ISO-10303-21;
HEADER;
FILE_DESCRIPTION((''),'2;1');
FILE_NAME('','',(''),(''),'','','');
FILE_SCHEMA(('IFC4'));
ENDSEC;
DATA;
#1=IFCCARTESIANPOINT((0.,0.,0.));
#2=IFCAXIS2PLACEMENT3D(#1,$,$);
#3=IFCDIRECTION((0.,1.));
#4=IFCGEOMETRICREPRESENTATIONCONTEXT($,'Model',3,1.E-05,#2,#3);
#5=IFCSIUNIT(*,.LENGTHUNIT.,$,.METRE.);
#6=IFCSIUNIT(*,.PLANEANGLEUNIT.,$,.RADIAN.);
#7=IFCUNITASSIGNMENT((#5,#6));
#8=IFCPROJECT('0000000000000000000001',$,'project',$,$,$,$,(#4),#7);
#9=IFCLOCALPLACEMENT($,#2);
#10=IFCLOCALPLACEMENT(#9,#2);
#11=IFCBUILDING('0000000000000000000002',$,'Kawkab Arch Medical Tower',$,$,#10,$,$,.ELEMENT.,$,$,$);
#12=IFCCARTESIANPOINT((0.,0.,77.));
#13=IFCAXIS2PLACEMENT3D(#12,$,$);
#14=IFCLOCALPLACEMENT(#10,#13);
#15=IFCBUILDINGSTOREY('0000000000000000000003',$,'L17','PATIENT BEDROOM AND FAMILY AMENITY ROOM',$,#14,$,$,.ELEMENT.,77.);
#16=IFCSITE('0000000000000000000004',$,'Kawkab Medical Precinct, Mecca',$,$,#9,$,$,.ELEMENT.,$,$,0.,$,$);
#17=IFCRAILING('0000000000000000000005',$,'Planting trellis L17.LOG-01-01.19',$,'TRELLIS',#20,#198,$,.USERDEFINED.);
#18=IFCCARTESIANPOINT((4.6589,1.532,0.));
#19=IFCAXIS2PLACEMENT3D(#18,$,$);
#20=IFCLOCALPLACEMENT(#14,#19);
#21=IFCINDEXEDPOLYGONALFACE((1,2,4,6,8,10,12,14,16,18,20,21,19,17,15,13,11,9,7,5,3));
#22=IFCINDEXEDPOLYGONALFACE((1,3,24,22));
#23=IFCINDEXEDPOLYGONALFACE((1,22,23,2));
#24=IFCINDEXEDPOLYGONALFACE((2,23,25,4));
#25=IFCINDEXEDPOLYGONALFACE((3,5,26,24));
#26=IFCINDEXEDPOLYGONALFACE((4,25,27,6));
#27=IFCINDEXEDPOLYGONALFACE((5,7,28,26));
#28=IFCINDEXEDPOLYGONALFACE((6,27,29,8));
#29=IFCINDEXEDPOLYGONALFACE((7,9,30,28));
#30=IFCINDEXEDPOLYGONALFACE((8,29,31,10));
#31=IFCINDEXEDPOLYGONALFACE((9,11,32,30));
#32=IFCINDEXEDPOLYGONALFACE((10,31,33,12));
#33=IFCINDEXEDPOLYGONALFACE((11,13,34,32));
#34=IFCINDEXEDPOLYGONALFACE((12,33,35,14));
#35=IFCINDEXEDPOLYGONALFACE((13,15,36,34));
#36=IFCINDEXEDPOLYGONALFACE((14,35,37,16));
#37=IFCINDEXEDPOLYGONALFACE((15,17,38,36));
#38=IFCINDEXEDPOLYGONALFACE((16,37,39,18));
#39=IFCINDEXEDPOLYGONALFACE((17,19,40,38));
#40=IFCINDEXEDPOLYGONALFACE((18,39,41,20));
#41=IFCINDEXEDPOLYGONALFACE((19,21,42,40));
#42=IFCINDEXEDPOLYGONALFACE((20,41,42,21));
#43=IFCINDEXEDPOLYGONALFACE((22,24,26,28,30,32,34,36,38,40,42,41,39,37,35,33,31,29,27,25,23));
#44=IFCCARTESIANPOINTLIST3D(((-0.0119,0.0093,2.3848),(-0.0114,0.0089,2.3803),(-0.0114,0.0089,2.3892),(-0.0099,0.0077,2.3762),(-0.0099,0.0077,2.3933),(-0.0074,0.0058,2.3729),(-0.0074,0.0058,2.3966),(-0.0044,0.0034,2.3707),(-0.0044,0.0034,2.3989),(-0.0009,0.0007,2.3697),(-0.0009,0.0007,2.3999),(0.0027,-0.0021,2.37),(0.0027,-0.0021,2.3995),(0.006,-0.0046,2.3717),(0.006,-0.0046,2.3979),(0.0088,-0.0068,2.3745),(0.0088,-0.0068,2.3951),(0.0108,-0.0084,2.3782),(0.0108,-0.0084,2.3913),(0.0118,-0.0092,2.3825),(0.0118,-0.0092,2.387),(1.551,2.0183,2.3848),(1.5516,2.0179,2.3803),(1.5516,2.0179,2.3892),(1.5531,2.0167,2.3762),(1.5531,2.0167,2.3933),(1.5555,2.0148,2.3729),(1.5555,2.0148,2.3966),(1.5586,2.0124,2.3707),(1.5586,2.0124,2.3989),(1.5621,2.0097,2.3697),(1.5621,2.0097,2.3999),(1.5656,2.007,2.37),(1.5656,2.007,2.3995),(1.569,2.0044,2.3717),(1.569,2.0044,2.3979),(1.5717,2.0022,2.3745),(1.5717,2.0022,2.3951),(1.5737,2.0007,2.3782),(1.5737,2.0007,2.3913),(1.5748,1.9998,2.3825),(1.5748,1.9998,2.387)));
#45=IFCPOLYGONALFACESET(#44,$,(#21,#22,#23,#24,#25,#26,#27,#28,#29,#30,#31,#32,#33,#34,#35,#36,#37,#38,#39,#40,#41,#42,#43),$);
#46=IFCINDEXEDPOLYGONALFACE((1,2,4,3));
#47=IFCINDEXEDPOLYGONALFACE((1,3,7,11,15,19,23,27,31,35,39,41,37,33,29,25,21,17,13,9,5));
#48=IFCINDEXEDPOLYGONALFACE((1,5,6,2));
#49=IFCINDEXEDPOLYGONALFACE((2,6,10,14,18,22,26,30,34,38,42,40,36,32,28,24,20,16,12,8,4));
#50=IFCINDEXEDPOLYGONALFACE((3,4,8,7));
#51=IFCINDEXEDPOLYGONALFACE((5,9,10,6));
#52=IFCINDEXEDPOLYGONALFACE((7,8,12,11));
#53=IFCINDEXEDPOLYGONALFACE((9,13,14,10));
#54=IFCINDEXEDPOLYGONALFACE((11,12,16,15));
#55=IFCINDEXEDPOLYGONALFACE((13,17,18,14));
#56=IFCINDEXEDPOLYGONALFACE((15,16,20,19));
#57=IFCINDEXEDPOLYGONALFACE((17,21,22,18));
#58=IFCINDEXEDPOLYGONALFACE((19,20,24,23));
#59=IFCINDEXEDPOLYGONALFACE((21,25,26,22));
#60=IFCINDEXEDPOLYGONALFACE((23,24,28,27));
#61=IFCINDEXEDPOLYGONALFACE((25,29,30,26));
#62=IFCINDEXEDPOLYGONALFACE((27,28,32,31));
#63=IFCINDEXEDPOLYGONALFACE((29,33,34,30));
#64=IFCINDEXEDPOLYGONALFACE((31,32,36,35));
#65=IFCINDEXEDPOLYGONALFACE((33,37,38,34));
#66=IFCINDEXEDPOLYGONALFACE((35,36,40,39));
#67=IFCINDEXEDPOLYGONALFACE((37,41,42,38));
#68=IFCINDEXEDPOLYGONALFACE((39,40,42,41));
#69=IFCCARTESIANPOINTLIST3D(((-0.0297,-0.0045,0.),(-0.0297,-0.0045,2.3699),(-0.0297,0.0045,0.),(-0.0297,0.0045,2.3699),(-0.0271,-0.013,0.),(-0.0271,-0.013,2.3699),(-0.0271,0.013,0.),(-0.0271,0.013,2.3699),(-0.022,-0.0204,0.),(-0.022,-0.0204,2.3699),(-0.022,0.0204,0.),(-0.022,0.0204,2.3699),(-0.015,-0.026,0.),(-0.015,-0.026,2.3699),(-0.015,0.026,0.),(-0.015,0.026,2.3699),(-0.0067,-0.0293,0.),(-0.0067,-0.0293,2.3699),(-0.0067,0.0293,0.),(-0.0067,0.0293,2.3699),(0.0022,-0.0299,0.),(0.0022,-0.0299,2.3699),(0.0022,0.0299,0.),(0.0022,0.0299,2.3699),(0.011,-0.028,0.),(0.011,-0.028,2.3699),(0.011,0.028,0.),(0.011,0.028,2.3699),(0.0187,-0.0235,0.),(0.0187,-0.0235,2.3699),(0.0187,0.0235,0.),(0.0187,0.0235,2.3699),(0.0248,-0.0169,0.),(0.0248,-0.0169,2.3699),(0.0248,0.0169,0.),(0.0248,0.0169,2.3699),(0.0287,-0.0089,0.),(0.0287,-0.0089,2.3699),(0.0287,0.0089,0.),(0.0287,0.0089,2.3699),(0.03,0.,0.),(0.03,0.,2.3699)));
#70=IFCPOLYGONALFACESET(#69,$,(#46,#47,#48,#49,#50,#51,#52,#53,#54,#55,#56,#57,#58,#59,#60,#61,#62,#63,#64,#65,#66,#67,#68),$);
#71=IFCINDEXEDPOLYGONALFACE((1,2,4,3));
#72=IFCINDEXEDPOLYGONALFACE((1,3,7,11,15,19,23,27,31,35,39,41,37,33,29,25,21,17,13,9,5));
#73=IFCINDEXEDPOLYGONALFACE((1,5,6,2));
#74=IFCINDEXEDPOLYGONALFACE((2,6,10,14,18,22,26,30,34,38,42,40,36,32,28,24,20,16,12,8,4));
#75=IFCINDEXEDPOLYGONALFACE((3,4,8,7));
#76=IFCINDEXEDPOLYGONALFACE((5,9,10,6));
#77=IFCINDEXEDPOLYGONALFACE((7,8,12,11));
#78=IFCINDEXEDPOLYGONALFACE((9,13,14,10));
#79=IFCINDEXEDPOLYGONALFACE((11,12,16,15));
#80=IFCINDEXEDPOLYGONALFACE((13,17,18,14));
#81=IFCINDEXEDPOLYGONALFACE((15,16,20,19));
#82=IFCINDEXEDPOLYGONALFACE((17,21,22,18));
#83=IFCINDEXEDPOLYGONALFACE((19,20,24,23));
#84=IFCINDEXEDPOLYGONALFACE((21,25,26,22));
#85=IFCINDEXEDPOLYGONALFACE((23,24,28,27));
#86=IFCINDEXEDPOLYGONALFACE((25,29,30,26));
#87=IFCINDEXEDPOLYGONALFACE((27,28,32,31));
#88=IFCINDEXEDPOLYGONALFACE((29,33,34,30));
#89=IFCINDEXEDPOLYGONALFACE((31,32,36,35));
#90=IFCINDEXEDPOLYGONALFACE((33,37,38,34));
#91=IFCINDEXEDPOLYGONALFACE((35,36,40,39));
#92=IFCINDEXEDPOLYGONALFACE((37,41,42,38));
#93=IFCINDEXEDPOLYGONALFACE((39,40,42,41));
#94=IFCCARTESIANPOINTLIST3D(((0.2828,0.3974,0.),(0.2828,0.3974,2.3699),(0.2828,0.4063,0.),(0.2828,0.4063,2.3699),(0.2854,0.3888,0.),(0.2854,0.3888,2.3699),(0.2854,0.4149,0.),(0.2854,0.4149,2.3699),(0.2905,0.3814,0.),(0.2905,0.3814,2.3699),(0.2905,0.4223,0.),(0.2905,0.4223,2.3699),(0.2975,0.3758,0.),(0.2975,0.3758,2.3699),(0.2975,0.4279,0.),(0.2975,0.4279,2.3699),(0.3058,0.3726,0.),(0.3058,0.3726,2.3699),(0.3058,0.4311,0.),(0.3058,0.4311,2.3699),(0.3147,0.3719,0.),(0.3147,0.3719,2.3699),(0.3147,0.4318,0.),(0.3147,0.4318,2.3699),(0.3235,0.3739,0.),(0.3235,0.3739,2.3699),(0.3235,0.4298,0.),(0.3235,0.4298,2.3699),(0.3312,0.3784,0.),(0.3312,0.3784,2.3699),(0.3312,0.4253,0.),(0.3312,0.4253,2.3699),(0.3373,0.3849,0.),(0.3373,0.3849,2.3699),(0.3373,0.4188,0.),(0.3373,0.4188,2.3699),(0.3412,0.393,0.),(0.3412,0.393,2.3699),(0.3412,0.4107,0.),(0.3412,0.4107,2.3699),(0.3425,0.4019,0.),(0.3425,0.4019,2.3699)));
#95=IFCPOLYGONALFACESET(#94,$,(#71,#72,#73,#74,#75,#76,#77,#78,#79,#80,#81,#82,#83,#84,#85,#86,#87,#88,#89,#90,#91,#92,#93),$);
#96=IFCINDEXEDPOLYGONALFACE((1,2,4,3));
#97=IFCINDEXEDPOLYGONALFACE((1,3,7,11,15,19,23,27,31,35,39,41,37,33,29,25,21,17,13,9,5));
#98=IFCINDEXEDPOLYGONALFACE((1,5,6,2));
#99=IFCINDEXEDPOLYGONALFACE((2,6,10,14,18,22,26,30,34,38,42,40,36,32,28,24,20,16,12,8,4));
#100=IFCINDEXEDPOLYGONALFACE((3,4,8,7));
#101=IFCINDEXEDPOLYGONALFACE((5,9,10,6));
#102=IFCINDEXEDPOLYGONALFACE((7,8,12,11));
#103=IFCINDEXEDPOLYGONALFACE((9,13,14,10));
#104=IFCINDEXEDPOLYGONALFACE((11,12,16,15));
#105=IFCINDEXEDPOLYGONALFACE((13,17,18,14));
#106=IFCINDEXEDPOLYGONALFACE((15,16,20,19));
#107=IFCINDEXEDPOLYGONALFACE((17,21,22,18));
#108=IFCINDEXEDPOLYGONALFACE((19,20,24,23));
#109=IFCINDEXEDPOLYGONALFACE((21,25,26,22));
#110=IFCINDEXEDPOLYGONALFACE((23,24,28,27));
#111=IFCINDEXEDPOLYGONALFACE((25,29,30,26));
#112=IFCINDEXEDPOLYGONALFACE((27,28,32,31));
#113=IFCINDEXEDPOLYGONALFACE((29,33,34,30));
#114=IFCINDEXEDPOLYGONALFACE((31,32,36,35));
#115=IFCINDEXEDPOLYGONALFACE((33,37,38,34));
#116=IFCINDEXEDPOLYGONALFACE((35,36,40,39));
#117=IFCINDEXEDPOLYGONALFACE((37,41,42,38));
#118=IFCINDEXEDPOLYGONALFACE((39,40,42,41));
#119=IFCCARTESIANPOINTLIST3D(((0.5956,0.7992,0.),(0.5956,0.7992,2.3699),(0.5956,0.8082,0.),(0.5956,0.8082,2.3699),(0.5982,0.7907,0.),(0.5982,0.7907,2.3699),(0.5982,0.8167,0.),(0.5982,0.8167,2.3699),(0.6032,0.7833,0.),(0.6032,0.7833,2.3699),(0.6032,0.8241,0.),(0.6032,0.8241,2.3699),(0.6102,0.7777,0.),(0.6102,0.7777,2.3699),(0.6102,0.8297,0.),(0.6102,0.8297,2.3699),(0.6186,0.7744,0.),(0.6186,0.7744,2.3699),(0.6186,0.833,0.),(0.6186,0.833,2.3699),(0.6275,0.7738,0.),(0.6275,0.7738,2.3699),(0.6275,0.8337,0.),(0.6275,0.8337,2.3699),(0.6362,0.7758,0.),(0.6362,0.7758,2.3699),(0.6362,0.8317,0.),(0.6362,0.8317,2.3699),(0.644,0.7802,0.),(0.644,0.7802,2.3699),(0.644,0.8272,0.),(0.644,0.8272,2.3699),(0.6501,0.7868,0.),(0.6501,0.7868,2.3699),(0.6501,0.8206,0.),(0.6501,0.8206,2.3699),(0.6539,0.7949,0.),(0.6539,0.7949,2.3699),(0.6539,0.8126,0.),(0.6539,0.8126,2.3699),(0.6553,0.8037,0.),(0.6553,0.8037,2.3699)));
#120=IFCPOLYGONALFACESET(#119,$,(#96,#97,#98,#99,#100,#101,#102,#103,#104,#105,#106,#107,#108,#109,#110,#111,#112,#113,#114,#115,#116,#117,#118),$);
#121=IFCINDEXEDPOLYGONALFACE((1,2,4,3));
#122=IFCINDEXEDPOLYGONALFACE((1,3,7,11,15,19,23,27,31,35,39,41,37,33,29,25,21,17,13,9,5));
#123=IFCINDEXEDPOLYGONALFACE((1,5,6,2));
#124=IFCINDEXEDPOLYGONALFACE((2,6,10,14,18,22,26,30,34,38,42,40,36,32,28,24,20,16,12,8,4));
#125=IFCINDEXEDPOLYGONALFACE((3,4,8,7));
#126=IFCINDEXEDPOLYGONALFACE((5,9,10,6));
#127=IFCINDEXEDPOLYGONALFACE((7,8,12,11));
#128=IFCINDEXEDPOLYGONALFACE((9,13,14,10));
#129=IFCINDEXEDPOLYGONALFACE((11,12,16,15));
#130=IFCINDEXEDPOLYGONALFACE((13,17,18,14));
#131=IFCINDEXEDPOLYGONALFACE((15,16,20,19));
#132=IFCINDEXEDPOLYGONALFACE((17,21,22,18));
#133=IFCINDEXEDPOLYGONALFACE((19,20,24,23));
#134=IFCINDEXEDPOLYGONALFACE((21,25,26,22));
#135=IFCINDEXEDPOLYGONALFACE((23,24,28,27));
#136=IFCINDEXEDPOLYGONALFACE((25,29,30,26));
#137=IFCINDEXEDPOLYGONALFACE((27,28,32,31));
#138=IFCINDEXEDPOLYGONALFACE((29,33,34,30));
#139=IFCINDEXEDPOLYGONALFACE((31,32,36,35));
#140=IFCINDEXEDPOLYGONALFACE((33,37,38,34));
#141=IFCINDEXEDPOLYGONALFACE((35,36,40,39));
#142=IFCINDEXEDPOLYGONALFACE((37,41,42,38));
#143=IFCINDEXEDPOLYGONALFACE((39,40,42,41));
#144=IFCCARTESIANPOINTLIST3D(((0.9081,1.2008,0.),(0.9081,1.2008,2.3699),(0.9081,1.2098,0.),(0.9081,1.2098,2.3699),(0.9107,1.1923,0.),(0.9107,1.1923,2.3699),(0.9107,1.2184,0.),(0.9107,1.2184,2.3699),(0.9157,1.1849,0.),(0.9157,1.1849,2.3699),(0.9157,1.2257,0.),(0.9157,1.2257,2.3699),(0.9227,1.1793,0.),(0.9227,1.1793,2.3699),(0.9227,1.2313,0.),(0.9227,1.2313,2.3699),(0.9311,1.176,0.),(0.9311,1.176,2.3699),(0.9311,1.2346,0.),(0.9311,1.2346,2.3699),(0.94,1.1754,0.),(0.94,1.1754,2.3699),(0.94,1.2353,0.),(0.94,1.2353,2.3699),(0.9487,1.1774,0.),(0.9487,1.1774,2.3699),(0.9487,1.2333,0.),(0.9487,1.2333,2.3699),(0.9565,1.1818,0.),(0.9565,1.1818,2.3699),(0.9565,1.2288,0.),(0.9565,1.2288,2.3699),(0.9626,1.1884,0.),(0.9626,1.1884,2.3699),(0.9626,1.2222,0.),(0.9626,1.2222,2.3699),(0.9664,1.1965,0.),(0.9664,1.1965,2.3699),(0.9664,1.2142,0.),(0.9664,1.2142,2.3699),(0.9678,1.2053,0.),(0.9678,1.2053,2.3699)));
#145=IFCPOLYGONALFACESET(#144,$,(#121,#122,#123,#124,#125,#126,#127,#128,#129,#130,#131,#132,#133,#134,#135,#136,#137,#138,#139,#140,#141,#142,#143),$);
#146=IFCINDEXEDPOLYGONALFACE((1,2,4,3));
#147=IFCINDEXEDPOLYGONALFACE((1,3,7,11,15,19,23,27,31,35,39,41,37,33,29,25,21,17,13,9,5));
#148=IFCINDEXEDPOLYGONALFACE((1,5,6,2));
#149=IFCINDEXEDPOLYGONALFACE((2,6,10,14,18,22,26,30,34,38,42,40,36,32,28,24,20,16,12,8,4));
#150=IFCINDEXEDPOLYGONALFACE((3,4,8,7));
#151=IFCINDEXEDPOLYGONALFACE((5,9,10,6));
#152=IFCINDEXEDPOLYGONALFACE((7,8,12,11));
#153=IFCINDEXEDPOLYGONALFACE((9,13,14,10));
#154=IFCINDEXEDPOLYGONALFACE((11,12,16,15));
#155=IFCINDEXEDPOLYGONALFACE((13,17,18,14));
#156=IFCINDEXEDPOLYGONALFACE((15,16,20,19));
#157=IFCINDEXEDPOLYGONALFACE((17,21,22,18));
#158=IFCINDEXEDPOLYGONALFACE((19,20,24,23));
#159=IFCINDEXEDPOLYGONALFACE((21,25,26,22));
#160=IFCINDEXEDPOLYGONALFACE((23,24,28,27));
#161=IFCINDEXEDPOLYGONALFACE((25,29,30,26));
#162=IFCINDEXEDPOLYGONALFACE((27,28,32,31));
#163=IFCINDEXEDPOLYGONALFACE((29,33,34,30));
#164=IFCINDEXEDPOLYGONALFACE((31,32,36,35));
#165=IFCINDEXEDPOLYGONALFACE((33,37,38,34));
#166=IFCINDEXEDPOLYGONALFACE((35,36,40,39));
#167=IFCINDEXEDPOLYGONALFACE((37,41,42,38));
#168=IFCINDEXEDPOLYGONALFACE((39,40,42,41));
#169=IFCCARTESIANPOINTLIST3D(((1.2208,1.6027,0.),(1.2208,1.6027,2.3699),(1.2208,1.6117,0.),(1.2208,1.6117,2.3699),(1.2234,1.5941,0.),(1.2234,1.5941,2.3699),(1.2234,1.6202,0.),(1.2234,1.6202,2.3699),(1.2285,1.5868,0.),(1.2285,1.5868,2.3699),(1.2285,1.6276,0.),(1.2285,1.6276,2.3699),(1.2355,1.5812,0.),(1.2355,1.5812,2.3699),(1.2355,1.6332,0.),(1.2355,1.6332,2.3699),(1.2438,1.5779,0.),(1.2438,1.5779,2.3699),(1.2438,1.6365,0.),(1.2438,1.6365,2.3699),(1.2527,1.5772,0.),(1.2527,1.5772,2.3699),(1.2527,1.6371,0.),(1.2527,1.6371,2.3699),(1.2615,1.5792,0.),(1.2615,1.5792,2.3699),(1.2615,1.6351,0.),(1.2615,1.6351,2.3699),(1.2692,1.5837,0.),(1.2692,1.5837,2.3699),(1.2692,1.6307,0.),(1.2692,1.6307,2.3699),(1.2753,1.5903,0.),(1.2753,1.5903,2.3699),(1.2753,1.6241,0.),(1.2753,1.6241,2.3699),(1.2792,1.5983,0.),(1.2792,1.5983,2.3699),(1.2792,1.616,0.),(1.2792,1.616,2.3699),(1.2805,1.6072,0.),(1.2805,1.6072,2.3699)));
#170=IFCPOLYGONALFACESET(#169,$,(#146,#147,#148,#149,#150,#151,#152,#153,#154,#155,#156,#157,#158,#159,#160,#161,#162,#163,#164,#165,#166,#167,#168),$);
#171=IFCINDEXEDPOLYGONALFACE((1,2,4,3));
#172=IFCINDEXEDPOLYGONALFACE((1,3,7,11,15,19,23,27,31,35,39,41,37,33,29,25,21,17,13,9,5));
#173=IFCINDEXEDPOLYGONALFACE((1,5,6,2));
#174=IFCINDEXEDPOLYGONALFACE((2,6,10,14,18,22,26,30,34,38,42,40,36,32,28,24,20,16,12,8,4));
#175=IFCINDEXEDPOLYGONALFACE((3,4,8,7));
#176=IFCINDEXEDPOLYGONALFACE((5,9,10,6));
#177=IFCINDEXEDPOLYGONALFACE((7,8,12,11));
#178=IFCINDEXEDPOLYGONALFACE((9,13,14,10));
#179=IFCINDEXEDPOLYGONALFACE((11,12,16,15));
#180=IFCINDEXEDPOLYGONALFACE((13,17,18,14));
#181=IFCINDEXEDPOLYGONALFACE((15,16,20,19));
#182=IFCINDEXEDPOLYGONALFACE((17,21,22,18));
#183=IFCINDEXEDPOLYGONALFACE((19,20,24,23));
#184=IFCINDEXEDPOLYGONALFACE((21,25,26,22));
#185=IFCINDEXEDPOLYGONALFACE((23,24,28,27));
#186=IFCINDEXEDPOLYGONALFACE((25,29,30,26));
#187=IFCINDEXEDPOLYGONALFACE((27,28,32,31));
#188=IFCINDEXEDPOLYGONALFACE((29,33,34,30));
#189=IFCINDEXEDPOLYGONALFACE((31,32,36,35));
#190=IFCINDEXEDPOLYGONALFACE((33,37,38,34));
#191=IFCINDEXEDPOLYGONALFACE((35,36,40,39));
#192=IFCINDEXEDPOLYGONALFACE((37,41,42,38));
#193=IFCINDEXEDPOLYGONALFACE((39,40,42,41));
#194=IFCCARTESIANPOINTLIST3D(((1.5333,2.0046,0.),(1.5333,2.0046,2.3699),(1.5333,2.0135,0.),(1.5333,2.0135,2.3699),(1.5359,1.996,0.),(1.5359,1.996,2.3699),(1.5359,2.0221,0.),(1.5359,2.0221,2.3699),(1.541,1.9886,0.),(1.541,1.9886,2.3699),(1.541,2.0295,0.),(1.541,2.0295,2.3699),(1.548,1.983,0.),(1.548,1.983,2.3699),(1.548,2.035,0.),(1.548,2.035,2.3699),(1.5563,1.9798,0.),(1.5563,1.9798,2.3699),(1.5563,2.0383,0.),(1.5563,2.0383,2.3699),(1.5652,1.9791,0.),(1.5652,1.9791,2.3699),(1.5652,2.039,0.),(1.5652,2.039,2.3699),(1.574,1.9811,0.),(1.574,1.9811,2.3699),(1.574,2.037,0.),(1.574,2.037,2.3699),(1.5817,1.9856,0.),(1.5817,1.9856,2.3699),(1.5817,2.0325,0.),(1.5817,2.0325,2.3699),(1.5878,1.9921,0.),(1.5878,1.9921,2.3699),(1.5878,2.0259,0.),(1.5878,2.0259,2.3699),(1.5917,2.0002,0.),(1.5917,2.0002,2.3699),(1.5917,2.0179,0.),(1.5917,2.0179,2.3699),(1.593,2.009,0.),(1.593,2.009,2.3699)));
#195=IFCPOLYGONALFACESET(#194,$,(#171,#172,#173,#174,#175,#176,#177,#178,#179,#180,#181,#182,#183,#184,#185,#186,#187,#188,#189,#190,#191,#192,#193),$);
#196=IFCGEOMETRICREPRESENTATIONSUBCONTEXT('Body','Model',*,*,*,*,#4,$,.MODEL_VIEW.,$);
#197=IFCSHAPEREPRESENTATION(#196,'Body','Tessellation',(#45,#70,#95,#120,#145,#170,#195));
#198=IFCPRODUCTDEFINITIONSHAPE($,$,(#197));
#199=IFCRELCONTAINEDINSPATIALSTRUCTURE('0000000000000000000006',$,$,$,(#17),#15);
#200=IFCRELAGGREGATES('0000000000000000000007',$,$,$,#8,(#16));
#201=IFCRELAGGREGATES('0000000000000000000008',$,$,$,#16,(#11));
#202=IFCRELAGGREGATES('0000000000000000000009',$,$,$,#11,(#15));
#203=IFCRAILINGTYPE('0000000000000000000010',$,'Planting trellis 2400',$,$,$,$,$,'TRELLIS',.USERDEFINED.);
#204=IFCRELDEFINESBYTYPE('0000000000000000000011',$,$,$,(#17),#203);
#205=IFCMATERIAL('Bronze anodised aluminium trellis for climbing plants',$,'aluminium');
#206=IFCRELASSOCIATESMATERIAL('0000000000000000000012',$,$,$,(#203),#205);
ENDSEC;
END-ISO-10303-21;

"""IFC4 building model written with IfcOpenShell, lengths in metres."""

from ifc_helpers import new_model, si_unit, direction, frame, origin, origin_2d, place, context, subcontext, project, spatial, circle, extrude, material, type_object, element, save


model = new_model("IFC4")

# Units and contexts
model_context = context("Model", 3, precision=1e-05, world=origin(), true_north=direction((0.0, 1.0)))
body_context = subcontext(model_context, "Body", "Model", "MODEL_VIEW")
ifc_project = project(units=[si_unit("LENGTHUNIT", "METRE"), si_unit("PLANEANGLEUNIT", "RADIAN")], contexts=[model_context])

# Site, building, storey
site_placement = place(None, origin())
site = spatial("IfcSite", under=ifc_project, at=site_placement, Name="Kawkab Medical Precinct, Mecca", CompositionType="ELEMENT", RefElevation=0.0)
building_placement = place(site_placement, origin())
building = spatial("IfcBuilding", under=site, at=building_placement, Name="Kawkab Arch Medical Tower", CompositionType="ELEMENT")
storey_placement = place(building_placement, frame((0.0, 0.0, 77.0)))
storey = spatial("IfcBuildingStorey", under=building, at=storey_placement, Name="L17", Description="PATIENT BEDROOM AND FAMILY AMENITY ROOM", CompositionType="ELEMENT", Elevation=77.0)

# Railing
ifc_material_1 = material(Name="Bronze anodised aluminium trellis for climbing plants", Category="aluminium")
railing_type = type_object("IfcRailingType", Name="Planting trellis 2400", ElementType="TRELLIS", PredefinedType="USERDEFINED", material=ifc_material_1)
railing_1_placement = place(storey_placement, frame((4.6589, 1.532, 0.0)))
element("IfcRailing", 1, at=railing_1_placement, inside=storey, type_object=railing_type, Name="Planting trellis L17.LOG-01-01.19", ObjectType="TRELLIS", PredefinedType="USERDEFINED", context=body_context, shape_type="SweptSolid", body=[
    extrude(circle(Radius=0.0151, at=origin_2d()), frame((0.0, 0.0, 2.3848), z_axis=(0.61404, 0.789275, 0.0), x_axis=(-0.789275, 0.61404, 0.0)), (0.0, 0.0, 1.0), 2.5454),
    extrude(circle(Radius=0.03, at=origin_2d()), origin(), (0.0, 0.0, 1.0), 2.3699),
    extrude(circle(Radius=0.03, at=origin_2d()), frame((0.3125, 0.4019, 0.0)), (0.0, 0.0, 1.0), 2.3699),
    extrude(circle(Radius=0.03, at=origin_2d()), frame((0.6252, 0.8037, 0.0)), (0.0, 0.0, 1.0), 2.3699),
    extrude(circle(Radius=0.03, at=origin_2d()), frame((0.9377, 1.2053, 0.0)), (0.0, 0.0, 1.0), 2.3699),
    extrude(circle(Radius=0.03, at=origin_2d()), frame((1.2505, 1.6072, 0.0)), (0.0, 0.0, 1.0), 2.3699),
    extrude(circle(Radius=0.03, at=origin_2d()), frame((1.563, 2.009, 0.0)), (0.0, 0.0, 1.0), 2.3699),
])

save(model, "model.ifc")
